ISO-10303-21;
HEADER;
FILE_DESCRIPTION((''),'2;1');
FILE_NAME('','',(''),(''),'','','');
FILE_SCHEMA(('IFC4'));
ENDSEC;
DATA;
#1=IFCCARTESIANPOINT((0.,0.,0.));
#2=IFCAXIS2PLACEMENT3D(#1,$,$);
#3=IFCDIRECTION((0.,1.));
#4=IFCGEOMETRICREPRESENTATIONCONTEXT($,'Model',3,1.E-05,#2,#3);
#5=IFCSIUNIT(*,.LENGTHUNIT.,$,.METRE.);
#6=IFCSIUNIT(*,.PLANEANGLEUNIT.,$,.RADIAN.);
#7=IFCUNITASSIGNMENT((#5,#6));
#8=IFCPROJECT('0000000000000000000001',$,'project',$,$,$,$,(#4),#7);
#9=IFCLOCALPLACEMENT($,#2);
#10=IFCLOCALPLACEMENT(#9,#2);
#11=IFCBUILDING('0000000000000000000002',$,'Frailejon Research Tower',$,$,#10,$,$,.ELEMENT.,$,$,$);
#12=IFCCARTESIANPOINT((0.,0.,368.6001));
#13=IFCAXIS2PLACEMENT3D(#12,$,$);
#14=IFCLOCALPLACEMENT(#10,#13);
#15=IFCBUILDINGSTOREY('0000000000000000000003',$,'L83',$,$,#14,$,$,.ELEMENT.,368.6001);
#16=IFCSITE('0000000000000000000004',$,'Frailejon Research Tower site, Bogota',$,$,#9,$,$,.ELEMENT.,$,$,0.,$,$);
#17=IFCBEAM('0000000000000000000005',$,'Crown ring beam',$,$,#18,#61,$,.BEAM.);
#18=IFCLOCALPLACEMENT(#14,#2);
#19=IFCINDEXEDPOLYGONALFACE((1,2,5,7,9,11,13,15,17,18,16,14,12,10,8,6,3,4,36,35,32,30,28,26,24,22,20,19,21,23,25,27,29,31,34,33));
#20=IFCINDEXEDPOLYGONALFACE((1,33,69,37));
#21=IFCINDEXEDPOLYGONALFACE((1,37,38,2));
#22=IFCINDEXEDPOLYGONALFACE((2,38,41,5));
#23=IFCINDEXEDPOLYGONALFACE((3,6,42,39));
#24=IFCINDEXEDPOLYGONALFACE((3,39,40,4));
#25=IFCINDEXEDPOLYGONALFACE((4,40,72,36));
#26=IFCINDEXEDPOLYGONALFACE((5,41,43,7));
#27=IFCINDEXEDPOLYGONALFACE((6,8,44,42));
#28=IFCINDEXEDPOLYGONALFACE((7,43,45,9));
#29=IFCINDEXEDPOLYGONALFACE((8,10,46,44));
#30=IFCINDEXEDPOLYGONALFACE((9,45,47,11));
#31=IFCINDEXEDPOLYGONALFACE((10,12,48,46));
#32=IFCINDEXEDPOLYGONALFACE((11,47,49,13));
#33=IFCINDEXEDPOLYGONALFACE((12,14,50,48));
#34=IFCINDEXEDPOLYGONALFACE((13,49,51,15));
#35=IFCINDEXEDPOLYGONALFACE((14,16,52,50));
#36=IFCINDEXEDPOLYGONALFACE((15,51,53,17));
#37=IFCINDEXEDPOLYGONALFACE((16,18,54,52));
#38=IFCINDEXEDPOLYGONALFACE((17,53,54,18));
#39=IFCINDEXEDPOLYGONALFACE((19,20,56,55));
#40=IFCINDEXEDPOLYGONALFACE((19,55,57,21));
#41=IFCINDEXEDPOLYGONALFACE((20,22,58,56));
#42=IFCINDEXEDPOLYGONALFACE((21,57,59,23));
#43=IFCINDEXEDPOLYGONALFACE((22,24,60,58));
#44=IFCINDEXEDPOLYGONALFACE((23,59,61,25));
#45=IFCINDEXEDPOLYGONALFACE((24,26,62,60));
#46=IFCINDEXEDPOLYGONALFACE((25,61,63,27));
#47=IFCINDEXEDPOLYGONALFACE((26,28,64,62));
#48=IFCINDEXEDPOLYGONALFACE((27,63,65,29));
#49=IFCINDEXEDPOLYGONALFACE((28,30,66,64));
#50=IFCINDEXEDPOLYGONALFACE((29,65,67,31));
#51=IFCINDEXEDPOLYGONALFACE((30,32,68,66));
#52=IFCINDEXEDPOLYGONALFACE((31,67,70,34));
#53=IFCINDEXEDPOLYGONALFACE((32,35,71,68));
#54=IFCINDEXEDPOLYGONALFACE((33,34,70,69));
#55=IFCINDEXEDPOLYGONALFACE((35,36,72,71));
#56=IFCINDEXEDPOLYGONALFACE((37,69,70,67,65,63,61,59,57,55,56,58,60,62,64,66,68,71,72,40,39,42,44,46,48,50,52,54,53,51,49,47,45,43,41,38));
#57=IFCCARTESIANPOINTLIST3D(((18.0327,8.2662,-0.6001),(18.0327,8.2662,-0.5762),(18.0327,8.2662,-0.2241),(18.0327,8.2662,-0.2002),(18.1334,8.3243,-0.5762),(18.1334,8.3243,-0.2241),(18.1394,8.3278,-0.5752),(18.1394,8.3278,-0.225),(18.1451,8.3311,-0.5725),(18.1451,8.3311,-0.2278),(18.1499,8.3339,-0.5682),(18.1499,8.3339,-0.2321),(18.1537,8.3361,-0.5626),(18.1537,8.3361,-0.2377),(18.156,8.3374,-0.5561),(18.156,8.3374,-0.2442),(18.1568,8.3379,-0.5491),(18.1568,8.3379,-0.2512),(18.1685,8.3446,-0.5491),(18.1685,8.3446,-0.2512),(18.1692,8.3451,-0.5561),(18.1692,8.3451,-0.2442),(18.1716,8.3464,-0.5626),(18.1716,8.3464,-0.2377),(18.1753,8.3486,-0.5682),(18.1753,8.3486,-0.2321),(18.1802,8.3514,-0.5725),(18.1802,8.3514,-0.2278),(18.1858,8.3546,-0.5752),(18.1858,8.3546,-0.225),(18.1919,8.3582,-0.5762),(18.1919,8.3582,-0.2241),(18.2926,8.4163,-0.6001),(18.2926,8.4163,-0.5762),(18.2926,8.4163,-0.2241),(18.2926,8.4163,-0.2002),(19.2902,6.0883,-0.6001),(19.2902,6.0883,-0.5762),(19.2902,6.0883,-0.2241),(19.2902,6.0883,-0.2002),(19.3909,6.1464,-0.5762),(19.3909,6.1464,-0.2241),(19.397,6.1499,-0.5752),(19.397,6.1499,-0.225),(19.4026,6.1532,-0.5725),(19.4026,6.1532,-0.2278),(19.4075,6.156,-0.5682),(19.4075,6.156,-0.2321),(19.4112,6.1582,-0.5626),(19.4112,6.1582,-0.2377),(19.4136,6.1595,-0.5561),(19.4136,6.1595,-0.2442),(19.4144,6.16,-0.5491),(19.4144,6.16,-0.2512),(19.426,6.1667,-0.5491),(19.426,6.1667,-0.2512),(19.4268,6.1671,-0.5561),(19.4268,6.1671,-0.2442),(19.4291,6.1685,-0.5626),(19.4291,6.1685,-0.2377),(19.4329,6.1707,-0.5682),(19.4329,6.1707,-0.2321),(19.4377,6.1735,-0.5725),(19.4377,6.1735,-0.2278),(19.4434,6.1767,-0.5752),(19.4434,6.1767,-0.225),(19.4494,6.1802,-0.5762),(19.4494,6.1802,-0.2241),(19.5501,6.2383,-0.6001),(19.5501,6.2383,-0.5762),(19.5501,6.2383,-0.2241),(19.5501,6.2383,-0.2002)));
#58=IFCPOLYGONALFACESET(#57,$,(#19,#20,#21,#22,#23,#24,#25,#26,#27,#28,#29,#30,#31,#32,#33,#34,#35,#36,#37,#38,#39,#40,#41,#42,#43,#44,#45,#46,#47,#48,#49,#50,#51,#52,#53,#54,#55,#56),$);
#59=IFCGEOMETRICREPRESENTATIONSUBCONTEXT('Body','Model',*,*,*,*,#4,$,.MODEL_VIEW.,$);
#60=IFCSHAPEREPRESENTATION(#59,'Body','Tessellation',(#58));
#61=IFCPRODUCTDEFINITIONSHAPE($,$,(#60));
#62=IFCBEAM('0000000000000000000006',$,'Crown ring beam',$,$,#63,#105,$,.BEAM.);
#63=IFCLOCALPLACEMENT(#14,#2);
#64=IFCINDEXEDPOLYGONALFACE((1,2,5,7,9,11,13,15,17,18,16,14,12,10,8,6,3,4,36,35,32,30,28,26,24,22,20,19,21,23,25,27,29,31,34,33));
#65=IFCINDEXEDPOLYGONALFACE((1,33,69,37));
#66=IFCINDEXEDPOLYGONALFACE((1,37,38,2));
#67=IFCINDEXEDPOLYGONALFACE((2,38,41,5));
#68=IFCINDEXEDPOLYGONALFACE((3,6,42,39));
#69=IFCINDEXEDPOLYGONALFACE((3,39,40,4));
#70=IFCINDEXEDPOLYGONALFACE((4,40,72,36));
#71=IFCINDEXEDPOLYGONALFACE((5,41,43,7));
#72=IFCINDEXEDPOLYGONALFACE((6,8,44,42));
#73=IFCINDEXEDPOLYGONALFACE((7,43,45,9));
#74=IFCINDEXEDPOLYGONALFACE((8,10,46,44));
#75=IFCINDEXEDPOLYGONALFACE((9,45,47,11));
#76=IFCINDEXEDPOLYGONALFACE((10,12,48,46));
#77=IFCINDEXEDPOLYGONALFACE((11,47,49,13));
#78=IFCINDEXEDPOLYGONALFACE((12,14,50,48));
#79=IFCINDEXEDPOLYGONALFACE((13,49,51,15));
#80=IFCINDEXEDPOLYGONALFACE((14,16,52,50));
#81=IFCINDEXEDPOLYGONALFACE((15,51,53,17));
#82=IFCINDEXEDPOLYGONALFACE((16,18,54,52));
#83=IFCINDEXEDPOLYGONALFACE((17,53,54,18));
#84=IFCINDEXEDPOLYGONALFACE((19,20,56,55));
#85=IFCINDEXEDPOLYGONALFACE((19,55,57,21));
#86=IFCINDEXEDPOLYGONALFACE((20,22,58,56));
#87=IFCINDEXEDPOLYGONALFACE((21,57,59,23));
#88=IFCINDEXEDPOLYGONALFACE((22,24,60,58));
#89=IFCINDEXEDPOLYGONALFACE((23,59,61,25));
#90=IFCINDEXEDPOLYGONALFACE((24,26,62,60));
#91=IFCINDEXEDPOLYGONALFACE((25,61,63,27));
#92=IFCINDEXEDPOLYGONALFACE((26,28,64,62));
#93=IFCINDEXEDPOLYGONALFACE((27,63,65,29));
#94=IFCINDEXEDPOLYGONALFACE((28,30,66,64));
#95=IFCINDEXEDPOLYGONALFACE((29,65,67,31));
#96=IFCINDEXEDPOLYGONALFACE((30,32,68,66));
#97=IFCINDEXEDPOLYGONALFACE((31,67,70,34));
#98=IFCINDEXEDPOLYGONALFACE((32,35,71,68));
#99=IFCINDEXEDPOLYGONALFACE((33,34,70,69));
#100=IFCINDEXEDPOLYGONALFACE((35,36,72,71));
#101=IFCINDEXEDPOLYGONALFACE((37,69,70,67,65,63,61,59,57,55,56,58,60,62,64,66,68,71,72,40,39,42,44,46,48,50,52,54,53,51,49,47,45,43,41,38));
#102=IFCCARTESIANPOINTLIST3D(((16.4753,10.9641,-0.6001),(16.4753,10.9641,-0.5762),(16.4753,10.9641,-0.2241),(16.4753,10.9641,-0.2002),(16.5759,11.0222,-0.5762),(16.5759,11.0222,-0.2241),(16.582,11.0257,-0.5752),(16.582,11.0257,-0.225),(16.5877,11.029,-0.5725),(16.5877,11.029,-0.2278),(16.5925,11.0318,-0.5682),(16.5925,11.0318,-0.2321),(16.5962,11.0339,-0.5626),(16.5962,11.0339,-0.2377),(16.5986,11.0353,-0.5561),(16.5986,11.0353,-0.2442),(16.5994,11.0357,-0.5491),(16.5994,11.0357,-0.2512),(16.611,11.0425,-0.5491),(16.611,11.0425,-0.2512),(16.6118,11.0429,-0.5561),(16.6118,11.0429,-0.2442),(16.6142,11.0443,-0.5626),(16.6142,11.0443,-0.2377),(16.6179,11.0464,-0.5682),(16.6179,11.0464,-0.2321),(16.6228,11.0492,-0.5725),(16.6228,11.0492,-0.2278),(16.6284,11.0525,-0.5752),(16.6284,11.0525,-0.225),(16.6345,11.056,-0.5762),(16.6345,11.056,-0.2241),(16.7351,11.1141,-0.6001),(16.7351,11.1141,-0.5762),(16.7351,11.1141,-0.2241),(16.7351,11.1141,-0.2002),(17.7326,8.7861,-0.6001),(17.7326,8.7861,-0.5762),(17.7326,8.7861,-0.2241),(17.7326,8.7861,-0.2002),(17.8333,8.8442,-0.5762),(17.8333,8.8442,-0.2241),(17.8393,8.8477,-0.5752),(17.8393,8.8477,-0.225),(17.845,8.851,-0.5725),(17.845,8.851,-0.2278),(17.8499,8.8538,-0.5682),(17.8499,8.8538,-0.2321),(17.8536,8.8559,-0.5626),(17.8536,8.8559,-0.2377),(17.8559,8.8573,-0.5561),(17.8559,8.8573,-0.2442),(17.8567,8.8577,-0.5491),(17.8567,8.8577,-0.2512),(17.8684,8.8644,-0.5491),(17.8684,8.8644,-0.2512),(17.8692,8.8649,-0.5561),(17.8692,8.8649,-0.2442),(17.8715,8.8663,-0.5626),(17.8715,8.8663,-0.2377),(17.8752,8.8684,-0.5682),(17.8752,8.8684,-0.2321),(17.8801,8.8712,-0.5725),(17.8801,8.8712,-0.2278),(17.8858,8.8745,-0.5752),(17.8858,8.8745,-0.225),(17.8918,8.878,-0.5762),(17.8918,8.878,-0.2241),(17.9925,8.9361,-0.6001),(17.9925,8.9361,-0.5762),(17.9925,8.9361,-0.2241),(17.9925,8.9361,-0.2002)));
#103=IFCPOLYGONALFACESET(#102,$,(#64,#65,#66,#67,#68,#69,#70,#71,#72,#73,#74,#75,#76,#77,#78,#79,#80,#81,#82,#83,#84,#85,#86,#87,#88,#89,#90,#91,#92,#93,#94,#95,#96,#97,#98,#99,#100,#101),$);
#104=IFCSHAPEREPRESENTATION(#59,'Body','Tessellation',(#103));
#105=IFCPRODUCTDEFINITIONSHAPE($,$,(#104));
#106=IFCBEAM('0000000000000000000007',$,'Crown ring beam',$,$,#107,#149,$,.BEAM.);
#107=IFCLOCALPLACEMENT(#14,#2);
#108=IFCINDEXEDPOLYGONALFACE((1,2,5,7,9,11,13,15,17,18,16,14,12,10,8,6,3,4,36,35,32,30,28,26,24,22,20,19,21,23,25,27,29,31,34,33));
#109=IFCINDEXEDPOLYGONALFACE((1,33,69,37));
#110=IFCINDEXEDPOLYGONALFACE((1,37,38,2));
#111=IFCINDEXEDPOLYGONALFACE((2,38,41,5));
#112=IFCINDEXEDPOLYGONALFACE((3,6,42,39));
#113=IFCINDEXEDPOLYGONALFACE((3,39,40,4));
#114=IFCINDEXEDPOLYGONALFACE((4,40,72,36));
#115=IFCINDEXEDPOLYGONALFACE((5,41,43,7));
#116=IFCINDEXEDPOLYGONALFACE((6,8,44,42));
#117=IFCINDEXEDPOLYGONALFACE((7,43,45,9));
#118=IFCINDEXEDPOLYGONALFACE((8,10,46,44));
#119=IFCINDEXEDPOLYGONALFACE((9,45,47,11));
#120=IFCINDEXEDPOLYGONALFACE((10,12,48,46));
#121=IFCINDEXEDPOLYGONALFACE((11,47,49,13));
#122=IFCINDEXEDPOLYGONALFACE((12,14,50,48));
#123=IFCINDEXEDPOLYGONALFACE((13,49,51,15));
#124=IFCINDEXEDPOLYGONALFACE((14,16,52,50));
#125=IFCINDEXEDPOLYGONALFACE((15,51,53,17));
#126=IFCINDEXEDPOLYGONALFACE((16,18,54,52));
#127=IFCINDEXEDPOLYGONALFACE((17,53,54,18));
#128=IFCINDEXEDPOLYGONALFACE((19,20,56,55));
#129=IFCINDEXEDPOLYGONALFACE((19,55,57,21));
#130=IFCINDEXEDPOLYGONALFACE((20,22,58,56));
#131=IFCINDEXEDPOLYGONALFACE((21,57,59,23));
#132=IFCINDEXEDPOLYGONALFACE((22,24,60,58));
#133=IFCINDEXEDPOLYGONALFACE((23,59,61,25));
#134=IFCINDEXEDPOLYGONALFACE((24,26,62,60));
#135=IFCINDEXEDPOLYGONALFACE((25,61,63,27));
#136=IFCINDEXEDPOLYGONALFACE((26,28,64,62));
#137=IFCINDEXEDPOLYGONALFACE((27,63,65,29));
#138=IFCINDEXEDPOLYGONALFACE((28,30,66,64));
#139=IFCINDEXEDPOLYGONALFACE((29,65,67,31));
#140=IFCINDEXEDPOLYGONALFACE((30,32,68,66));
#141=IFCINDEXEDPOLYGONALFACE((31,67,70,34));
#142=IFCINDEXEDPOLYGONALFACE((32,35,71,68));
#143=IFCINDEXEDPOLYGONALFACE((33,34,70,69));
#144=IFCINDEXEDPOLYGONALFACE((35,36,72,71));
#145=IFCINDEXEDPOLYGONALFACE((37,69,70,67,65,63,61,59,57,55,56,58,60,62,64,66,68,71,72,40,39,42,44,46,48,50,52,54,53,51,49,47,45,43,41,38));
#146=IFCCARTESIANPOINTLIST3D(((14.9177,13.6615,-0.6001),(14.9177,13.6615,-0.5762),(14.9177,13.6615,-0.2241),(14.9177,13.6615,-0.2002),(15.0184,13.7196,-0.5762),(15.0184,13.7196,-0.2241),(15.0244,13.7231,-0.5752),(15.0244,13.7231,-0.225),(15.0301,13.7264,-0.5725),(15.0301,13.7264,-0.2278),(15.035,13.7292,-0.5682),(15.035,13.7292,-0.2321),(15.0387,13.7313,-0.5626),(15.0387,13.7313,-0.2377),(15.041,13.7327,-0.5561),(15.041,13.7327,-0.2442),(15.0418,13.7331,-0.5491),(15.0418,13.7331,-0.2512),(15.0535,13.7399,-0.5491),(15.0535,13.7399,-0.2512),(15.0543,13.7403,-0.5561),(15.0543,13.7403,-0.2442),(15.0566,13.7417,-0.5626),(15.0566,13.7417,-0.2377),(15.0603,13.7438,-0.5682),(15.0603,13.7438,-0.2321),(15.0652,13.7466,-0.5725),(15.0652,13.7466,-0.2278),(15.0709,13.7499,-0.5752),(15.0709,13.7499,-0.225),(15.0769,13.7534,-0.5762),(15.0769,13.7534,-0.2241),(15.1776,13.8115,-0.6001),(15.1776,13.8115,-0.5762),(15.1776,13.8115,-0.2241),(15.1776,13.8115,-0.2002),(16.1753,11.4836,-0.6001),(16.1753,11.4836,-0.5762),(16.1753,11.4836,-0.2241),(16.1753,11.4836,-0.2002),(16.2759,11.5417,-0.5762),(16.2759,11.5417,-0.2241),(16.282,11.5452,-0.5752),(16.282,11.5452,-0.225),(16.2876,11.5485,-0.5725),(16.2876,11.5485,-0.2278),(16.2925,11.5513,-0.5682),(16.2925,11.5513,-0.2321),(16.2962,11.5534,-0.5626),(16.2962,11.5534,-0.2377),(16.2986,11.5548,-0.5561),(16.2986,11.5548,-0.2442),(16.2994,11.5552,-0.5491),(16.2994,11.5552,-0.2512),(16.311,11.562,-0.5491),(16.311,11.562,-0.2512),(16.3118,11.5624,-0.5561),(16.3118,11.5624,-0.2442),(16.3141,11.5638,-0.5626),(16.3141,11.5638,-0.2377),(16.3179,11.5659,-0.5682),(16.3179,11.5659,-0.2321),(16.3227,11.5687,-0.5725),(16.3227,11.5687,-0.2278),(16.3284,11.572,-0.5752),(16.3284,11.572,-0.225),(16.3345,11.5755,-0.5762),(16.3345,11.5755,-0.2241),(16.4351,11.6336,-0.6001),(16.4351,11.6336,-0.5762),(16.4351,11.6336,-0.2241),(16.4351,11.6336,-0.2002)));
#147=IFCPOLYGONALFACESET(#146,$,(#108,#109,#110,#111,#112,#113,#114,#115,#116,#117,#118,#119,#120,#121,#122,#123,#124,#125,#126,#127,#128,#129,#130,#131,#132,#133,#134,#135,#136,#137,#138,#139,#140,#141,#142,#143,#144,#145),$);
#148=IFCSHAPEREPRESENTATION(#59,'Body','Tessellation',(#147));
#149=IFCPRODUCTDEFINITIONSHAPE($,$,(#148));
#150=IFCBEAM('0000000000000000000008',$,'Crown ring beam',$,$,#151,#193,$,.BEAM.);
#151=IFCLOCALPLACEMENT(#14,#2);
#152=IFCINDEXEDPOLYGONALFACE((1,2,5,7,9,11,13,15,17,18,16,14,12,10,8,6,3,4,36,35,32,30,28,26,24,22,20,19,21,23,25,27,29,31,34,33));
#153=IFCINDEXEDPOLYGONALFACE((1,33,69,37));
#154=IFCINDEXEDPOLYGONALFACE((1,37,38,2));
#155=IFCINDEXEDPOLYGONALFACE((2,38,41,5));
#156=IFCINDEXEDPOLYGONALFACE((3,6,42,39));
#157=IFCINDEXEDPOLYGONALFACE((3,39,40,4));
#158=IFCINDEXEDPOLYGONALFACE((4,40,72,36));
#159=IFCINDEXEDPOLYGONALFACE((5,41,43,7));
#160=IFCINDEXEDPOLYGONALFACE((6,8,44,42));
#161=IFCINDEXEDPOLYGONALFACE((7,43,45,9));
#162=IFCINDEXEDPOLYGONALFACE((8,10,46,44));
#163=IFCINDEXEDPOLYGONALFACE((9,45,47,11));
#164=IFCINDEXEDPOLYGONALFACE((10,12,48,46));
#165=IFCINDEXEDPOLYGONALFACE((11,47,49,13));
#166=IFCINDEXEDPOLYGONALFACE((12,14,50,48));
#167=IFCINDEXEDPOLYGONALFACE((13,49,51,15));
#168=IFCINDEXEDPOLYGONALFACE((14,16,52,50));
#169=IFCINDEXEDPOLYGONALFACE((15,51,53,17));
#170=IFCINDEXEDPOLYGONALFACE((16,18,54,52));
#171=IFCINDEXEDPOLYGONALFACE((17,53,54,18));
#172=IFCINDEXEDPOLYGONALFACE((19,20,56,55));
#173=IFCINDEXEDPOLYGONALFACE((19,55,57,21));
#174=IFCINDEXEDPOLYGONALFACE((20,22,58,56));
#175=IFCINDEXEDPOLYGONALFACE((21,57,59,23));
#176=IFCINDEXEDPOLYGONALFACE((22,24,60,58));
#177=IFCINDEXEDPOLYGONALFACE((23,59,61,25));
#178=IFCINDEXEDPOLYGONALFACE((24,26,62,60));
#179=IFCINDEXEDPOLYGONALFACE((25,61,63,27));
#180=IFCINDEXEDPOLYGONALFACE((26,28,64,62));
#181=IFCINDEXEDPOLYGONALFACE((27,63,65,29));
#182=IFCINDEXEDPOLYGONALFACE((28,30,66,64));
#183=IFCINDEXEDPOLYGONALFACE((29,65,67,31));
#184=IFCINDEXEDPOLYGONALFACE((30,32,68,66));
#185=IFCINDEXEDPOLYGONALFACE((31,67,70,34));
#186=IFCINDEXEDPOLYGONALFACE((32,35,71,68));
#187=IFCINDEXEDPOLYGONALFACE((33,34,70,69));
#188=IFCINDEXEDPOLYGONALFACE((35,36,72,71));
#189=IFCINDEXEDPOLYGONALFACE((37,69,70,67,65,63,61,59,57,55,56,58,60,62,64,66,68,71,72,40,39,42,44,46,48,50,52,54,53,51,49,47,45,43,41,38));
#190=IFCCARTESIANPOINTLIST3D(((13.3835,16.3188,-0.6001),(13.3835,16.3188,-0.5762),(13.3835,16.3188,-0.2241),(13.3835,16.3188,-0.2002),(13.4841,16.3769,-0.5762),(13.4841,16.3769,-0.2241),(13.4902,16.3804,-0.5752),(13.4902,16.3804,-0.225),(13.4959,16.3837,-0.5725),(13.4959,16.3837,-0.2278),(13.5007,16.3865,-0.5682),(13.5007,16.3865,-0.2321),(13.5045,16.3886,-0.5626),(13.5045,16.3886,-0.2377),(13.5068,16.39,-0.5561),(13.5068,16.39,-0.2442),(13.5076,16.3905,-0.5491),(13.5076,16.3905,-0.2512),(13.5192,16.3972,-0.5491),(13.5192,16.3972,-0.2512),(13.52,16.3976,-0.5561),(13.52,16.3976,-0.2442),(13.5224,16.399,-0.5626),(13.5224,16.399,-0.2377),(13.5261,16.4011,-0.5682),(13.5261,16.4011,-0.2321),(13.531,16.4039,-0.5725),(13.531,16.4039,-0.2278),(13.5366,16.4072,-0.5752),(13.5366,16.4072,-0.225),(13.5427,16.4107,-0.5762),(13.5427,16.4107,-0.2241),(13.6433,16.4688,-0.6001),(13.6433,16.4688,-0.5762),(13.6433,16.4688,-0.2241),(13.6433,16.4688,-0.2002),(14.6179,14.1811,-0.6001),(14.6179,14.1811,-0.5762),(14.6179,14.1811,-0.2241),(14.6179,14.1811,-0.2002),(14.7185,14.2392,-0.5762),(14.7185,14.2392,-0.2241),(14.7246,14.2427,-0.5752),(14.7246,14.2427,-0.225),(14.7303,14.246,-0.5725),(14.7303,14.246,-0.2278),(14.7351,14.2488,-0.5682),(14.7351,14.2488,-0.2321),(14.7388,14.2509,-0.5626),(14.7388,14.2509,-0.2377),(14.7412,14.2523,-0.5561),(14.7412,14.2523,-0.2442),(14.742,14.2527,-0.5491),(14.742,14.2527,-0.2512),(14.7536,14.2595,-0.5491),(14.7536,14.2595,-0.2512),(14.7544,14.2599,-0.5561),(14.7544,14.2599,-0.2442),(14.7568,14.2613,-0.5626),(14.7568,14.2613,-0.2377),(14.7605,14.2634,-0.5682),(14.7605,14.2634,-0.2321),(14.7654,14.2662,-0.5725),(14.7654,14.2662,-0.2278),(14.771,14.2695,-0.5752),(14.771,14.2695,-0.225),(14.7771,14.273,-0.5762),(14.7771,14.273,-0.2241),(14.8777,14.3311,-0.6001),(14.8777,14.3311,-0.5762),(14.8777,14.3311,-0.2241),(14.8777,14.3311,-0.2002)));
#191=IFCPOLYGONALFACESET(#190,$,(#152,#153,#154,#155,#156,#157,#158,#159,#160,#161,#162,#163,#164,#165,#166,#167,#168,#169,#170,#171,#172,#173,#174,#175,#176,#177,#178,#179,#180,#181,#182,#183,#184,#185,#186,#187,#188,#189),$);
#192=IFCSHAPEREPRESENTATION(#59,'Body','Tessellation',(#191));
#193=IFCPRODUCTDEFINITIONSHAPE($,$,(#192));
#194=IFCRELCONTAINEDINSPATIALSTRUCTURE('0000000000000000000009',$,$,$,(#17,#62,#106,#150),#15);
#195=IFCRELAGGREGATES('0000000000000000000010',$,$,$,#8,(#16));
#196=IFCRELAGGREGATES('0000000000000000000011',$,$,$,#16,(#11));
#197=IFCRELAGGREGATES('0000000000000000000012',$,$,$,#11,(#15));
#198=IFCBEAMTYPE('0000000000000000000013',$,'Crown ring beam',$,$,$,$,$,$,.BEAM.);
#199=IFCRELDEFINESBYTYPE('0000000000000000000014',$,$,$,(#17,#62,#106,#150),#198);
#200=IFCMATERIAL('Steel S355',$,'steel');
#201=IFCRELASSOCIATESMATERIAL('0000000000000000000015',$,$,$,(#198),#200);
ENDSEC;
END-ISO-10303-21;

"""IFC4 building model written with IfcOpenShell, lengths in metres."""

from ifc_helpers import new_model, si_unit, direction, frame, origin, origin_2d, place, context, subcontext, project, spatial, i_section, extrude, material, material_profile, profile_set, type_object, element, save


model = new_model("IFC4")

# Units and contexts
model_context = context("Model", 3, precision=1e-05, world=origin(), true_north=direction((0.0, 1.0)))
body_context = subcontext(model_context, "Body", "Model", "MODEL_VIEW")
ifc_project = project(units=[si_unit("LENGTHUNIT", "METRE"), si_unit("PLANEANGLEUNIT", "RADIAN")], contexts=[model_context])

# Site, building, storey
site_placement = place(None, origin())
site = spatial("IfcSite", under=ifc_project, at=site_placement, Name="Frailejon Research Tower site, Bogota", CompositionType="ELEMENT", RefElevation=0.0)
building_placement = place(site_placement, origin())
building = spatial("IfcBuilding", under=site, at=building_placement, Name="Frailejon Research Tower", CompositionType="ELEMENT")
storey_placement = place(building_placement, frame((0.0, 0.0, 368.6001)))
storey = spatial("IfcBuildingStorey", under=building, at=storey_placement, Name="L83", CompositionType="ELEMENT", Elevation=368.6001)

# Beams
ifc_material_1 = material(Name="Steel S355", Category="steel")
ifc_material_profile_1 = material_profile(ifc_material_1, i_section(OverallWidth=0.3, OverallDepth=0.3999, WebThickness=0.0134, FlangeThickness=0.0239, FilletRadius=0.0271, at=origin_2d()), Name="HE 400 B")
ifc_profile_set_1 = profile_set([ifc_material_profile_1], Name="Steel S355")
beam_type_1 = type_object("IfcBeamType", Name="Crown ring beam", PredefinedType="BEAM", material=ifc_profile_set_1)
for number, where, z_axis, x_axis, name in (
    (1, (19.4202, 6.1633, -0.4001), (-0.500033, 0.866006, 0.0), (-0.866006, -0.500033, 0.0), "Crown ring beam"),
    (2, (17.8625, 8.8611, -0.4001), (-0.499961, 0.866048, 0.0), (-0.866048, -0.499961, 0.0), "Crown ring beam"),
    (3, (16.3052, 11.5586, -0.4001), (-0.500033, 0.866006, 0.0), (-0.866006, -0.500033, 0.0), "Crown ring beam"),
):
    element("IfcBeam", number, at=place(storey_placement, frame(where, z_axis=z_axis, x_axis=x_axis)), inside=storey, type_object=beam_type_1, Name=name, PredefinedType="BEAM", context=body_context, shape_type="SweptSolid", body=[
        extrude(i_section(OverallWidth=0.3, OverallDepth=0.3999, WebThickness=0.0134, FlangeThickness=0.0239, FilletRadius=0.0271, at=origin_2d()), origin(), (0.0, 0.0, 1.0), 2.5149),
    ])
beam_1_placement = place(storey_placement, frame((14.7478, 14.2561, -0.4001), z_axis=(-0.500053, 0.865995, 0.0), x_axis=(-0.865995, -0.500053, 0.0)))
element("IfcBeam", 4, at=beam_1_placement, inside=storey, type_object=beam_type_1, Name="Crown ring beam", PredefinedType="BEAM", context=body_context, shape_type="SweptSolid", body=[
    extrude(i_section(OverallWidth=0.3, OverallDepth=0.3999, WebThickness=0.0134, FlangeThickness=0.0239, FilletRadius=0.0271, at=origin_2d()), origin(), (0.0, 0.0, 1.0), 2.4685),
])

save(model, "model.ifc")
